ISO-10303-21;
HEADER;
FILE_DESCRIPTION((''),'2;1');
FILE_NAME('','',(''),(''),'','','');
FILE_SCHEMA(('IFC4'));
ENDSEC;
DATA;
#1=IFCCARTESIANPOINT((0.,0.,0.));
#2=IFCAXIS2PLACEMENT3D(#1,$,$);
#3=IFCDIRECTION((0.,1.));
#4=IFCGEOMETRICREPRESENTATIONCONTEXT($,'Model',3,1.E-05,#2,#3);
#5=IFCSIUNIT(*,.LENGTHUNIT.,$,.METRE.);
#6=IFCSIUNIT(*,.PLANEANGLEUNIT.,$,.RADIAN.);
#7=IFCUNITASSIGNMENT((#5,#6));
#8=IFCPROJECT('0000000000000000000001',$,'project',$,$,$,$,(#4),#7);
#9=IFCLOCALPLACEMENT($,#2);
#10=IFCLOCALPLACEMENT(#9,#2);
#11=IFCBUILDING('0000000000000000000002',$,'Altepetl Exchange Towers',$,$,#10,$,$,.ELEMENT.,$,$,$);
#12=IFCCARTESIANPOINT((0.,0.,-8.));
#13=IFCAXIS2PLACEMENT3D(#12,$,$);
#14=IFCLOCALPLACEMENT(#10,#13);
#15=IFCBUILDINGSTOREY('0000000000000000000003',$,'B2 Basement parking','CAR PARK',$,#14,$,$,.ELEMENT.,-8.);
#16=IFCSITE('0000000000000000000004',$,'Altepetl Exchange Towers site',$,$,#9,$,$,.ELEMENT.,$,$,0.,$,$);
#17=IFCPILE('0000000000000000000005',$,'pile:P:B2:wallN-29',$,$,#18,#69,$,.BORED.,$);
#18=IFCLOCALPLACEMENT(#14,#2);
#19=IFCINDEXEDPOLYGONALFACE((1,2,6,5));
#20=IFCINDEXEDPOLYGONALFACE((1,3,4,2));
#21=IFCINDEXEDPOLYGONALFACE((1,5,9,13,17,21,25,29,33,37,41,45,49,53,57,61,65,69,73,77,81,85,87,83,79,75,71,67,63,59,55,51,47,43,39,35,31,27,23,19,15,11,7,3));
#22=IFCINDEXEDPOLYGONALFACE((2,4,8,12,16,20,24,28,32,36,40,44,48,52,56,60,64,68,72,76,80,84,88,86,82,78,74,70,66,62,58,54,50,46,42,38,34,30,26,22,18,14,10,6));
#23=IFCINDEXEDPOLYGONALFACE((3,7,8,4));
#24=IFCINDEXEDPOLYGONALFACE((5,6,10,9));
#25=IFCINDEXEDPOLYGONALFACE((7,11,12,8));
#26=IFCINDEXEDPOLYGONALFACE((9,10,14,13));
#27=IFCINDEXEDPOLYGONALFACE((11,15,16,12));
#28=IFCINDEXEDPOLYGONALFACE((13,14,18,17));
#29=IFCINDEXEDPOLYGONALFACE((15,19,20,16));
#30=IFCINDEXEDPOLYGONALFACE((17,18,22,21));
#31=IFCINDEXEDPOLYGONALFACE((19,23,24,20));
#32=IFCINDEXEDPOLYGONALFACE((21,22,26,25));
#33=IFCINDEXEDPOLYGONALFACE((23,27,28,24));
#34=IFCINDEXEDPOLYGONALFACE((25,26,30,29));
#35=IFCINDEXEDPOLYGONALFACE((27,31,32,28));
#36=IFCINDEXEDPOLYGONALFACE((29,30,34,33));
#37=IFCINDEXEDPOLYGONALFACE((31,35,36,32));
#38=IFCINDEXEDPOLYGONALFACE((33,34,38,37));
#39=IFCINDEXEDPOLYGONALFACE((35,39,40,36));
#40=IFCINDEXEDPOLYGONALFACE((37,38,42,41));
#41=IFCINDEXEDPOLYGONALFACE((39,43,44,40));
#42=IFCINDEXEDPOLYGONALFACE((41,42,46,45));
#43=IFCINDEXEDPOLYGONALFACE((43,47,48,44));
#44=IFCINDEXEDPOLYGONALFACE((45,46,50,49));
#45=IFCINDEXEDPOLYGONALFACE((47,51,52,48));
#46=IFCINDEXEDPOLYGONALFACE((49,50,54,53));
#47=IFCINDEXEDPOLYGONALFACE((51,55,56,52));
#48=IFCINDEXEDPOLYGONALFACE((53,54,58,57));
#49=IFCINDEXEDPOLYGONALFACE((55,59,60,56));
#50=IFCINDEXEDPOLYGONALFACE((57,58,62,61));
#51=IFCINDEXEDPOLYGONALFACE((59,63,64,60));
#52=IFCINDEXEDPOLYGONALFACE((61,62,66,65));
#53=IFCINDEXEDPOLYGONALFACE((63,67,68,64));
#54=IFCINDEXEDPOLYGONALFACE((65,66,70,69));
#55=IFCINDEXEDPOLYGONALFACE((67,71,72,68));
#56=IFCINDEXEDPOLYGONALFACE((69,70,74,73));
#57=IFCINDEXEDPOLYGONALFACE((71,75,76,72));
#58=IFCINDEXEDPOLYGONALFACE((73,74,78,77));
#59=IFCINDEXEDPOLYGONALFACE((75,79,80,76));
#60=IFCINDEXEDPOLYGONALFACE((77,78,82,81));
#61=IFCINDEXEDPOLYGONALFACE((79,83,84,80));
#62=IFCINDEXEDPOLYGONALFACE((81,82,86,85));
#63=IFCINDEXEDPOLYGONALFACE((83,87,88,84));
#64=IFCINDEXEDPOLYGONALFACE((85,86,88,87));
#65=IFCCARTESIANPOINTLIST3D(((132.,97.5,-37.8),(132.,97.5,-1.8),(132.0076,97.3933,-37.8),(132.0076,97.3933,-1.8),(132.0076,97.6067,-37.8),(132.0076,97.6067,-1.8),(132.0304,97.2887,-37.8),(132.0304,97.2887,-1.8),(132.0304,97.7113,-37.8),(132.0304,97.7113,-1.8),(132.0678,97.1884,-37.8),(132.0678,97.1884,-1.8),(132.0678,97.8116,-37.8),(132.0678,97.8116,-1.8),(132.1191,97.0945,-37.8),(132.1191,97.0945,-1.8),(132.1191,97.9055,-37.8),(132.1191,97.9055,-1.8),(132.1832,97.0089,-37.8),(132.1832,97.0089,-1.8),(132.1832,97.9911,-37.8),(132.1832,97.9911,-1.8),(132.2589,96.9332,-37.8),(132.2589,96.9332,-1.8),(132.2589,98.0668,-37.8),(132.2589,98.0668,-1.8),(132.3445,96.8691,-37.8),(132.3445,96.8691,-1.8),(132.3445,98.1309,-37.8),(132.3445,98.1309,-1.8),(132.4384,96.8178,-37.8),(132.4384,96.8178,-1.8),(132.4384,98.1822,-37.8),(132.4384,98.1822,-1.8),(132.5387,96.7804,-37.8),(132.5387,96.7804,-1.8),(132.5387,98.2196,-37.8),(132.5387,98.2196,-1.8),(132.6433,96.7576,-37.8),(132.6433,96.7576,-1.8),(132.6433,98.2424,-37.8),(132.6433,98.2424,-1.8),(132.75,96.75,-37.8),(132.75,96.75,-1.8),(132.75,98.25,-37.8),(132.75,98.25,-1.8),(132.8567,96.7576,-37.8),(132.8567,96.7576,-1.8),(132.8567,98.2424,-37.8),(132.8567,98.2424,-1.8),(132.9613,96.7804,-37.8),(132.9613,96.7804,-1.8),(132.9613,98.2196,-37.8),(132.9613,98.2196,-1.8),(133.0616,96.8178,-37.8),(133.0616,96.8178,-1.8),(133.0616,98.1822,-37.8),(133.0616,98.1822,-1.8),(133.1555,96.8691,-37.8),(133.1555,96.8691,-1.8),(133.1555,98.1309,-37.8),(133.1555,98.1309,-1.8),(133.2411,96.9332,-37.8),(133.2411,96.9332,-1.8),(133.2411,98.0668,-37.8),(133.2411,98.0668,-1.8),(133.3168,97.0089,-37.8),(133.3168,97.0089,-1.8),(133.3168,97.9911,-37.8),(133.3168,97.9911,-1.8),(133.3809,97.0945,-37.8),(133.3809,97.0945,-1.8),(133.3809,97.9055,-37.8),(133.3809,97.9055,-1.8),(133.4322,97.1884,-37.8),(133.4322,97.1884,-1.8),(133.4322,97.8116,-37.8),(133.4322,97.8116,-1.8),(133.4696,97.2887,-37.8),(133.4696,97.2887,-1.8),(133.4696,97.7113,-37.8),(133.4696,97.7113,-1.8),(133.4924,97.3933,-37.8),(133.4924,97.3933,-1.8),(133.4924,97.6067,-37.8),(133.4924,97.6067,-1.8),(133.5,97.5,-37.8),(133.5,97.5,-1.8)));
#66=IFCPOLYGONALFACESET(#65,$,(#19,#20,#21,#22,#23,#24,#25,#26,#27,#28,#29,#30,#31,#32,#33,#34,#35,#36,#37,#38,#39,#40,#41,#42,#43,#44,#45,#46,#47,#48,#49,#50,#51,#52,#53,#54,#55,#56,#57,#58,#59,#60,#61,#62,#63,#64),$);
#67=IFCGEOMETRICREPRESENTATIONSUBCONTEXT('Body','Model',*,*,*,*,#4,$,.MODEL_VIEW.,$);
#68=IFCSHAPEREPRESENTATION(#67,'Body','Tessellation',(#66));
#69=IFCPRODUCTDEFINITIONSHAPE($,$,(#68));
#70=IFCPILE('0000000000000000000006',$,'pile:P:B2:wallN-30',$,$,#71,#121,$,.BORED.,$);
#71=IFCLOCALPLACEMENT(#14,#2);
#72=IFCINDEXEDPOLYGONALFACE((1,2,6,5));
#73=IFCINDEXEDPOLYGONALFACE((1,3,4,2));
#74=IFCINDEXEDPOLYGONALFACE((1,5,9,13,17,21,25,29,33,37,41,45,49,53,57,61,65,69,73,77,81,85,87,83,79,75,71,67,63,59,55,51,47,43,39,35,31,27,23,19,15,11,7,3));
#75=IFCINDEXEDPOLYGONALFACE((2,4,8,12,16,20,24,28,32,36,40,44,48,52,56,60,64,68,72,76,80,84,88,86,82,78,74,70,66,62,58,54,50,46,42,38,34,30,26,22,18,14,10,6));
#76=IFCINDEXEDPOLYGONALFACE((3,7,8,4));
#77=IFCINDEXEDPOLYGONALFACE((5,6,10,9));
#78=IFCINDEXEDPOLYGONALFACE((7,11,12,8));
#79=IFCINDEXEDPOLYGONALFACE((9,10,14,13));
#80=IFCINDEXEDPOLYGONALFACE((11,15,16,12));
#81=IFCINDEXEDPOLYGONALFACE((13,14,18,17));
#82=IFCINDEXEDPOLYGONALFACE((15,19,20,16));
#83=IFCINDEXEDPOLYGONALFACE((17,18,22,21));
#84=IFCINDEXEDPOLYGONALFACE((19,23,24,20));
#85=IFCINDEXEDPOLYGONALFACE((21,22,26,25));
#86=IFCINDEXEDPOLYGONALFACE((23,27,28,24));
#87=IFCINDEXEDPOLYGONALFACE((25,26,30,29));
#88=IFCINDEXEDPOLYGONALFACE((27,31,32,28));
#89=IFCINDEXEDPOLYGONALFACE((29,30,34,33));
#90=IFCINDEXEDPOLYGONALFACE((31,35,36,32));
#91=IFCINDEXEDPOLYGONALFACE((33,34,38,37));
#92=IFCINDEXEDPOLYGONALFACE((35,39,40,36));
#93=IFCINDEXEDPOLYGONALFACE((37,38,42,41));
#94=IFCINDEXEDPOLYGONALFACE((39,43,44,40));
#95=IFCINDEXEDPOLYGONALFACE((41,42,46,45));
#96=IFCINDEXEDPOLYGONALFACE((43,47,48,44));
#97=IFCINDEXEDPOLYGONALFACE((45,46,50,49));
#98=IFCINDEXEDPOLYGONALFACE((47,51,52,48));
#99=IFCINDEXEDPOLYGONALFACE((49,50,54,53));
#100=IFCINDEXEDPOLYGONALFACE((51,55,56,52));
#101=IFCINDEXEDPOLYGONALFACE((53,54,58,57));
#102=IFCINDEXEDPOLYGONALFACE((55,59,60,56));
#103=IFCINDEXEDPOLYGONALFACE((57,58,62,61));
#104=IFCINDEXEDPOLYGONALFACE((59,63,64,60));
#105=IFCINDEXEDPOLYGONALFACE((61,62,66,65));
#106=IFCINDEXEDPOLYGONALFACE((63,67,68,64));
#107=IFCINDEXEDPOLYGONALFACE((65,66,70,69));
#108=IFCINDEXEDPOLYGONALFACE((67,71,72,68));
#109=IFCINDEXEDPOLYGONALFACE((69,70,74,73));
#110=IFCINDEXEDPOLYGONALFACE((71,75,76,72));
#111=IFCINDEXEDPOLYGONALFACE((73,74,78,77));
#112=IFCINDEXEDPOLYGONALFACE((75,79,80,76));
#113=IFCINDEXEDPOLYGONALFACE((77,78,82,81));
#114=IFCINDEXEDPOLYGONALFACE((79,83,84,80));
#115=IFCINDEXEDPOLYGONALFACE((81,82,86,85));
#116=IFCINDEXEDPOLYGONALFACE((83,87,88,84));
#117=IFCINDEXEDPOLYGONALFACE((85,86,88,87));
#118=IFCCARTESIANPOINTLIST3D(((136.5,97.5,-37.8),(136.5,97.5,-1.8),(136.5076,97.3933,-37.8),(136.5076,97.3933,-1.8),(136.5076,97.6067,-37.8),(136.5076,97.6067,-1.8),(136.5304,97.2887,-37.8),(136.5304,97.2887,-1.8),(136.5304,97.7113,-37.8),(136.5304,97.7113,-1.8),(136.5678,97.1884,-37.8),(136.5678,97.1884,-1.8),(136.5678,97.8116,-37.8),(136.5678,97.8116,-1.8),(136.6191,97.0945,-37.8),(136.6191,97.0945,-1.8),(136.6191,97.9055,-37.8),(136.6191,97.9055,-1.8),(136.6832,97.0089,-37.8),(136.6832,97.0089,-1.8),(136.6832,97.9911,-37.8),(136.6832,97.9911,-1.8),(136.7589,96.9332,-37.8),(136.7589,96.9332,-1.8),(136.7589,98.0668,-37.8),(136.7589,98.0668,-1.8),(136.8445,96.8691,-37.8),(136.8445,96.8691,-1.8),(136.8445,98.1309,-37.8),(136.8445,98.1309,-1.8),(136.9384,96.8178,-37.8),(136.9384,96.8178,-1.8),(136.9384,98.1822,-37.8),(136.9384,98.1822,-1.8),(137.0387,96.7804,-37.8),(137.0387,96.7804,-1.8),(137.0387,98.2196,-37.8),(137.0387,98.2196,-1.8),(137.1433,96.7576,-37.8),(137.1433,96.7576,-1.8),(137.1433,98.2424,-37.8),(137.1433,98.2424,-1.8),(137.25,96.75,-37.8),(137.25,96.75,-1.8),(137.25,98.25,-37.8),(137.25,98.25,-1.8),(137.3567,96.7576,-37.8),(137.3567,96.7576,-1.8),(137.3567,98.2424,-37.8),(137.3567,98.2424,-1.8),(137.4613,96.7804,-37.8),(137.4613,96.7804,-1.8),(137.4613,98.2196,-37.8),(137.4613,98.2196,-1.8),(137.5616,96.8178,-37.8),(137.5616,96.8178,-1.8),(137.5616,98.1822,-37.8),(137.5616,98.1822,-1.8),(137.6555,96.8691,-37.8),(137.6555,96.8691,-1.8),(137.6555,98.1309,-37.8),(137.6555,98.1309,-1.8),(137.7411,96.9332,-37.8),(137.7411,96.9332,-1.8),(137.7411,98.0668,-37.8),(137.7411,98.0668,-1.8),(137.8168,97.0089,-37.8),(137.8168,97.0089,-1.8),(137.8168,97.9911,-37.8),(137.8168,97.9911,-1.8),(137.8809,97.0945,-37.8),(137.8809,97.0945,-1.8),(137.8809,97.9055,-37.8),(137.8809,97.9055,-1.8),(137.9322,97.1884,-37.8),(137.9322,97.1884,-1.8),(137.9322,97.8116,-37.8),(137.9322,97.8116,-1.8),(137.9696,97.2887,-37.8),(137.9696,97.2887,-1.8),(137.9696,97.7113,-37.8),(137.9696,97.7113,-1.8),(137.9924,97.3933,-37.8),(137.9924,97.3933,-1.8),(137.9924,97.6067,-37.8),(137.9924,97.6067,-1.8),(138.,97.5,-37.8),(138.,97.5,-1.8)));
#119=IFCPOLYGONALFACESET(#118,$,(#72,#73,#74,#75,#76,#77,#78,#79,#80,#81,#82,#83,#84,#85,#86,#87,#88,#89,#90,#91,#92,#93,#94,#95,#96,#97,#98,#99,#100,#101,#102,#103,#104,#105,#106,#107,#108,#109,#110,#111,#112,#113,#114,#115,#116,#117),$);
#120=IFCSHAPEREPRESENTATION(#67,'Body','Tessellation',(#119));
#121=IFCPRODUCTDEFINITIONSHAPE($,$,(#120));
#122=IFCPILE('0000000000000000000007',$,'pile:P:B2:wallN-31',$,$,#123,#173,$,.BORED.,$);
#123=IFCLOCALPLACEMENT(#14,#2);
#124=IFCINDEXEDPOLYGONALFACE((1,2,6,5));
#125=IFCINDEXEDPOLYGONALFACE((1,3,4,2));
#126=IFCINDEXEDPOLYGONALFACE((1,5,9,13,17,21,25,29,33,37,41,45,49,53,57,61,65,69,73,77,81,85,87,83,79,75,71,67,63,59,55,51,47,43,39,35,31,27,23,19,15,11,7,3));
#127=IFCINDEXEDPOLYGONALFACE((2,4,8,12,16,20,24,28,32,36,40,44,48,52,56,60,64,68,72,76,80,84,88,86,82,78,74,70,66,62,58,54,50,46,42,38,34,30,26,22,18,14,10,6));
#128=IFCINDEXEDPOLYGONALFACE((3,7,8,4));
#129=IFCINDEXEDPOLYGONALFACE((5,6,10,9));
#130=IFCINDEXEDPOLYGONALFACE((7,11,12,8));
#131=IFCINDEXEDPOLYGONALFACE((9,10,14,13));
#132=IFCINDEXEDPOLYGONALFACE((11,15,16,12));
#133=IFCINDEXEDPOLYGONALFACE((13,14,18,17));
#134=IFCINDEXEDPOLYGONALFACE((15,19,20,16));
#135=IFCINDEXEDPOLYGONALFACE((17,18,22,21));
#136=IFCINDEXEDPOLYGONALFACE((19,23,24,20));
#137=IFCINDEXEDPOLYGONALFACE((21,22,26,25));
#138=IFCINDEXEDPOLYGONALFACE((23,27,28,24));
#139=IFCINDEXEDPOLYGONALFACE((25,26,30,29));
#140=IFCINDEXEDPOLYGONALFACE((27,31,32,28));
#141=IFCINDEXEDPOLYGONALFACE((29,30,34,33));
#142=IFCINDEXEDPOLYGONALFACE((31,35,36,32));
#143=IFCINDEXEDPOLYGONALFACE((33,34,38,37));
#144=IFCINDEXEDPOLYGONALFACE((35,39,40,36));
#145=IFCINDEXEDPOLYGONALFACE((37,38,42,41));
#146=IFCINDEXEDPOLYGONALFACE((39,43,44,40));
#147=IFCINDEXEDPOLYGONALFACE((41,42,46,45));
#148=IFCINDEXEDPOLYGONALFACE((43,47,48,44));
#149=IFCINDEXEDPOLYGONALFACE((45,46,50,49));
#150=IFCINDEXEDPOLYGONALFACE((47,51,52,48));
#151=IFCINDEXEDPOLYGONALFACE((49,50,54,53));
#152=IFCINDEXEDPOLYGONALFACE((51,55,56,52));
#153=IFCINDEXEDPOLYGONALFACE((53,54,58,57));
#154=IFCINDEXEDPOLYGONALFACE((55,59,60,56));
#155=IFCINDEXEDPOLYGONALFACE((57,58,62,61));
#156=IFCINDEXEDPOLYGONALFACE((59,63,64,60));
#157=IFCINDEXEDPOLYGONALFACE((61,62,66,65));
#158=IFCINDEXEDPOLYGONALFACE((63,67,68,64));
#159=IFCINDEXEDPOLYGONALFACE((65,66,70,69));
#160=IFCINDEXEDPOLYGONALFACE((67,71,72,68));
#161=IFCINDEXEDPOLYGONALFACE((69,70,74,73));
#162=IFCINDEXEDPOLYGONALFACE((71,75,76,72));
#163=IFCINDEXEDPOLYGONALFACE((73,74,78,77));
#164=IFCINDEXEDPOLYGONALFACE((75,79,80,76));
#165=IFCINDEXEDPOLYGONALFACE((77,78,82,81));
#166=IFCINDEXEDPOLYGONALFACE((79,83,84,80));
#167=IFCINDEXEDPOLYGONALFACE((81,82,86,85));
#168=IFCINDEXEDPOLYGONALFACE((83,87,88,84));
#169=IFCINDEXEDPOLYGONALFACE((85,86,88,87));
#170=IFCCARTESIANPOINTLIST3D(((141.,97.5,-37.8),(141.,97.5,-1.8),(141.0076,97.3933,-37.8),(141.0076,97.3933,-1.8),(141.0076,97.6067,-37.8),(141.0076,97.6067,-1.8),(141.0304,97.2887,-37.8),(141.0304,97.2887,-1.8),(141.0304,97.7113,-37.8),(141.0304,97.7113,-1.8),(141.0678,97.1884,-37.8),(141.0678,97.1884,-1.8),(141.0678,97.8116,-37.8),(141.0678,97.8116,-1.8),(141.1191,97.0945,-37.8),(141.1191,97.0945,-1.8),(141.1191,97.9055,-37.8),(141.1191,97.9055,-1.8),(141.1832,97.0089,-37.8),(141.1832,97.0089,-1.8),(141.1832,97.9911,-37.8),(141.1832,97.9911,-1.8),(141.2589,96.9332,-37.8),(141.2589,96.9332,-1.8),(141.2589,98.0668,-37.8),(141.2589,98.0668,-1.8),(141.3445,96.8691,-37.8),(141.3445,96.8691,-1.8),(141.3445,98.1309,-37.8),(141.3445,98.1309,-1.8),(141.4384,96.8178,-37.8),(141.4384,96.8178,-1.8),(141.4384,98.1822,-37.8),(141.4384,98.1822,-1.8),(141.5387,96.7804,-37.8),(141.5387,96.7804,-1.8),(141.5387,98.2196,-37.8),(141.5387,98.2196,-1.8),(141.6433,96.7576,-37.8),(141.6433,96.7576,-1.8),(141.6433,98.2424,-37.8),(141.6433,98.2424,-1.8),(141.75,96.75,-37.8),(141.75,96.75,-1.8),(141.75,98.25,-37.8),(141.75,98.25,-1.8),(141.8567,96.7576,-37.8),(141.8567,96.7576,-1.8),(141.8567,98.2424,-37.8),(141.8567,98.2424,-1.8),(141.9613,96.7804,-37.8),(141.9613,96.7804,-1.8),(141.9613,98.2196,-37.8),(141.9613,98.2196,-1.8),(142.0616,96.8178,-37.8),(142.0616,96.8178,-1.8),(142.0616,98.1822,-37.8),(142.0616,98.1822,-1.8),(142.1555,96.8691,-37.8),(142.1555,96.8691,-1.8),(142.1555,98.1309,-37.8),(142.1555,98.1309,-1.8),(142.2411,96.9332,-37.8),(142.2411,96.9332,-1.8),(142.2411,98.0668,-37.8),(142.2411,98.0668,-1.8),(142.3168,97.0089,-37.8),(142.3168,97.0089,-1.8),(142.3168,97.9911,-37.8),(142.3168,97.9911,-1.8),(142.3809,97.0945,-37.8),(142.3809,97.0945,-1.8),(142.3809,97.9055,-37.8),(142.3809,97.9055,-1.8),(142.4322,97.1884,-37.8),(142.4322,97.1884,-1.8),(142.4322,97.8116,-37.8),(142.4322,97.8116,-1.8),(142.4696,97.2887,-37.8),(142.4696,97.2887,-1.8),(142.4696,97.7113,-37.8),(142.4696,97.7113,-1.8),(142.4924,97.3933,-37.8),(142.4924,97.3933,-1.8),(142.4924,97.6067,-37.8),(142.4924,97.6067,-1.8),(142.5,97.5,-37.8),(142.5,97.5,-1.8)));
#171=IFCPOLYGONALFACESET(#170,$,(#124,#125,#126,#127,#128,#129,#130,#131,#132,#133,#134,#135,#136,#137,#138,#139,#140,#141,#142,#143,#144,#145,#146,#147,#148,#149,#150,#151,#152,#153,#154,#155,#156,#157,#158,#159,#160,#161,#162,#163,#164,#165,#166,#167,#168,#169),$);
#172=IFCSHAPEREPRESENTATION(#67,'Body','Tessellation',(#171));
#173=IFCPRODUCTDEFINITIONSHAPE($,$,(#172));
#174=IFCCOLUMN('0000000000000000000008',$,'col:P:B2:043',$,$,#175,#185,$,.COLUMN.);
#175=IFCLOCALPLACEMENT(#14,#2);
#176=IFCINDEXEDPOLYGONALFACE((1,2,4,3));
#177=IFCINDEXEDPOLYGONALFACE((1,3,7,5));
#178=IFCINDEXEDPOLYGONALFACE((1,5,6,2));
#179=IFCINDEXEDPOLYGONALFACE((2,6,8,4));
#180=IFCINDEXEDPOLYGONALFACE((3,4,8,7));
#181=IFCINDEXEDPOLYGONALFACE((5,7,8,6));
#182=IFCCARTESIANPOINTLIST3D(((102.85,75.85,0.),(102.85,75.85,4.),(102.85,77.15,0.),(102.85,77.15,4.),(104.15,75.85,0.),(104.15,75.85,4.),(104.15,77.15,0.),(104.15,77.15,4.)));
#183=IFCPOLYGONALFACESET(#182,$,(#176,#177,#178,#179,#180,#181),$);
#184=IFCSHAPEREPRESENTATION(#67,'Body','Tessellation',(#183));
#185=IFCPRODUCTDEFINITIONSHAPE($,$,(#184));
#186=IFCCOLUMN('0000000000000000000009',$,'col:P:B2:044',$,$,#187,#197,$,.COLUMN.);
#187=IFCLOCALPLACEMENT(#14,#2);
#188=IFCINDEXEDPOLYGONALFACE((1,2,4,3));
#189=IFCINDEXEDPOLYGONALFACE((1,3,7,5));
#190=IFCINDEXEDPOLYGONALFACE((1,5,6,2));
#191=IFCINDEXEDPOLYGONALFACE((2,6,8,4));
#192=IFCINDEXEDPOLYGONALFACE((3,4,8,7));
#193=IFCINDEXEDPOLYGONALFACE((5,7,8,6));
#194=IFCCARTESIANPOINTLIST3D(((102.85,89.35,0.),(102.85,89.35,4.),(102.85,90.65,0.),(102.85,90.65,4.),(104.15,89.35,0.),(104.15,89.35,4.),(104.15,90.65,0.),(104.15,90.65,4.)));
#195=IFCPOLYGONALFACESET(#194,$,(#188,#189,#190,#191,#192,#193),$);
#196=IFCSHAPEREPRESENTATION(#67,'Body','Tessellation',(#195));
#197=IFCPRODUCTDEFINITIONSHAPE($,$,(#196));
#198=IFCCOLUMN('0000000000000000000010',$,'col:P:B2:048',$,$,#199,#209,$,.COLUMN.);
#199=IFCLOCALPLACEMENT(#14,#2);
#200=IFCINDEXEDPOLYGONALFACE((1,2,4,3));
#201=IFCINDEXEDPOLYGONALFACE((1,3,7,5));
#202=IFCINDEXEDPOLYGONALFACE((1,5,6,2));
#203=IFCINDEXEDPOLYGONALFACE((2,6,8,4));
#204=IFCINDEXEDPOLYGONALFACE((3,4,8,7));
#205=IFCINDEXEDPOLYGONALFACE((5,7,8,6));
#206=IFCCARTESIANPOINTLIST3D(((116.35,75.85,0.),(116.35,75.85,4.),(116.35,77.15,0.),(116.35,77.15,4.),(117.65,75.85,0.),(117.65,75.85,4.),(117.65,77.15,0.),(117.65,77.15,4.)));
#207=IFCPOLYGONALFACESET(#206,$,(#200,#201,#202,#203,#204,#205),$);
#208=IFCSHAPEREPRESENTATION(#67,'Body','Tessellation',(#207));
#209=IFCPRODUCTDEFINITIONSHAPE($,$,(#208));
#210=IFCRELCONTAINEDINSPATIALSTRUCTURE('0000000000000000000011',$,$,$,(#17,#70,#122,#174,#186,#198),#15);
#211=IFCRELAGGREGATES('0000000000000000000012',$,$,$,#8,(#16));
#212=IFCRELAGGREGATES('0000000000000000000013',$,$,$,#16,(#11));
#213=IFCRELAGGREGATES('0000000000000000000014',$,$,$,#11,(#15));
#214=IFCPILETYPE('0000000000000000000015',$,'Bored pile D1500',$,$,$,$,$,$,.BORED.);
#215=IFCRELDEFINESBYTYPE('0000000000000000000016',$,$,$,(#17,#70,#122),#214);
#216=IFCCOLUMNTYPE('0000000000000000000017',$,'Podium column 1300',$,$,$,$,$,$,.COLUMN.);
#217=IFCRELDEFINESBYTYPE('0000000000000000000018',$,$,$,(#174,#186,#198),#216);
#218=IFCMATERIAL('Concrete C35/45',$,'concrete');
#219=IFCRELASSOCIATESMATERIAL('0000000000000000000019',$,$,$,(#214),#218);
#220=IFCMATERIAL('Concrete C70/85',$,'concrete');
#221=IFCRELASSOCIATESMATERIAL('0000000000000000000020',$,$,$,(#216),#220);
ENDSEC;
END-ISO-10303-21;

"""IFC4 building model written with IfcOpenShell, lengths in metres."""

from ifc_helpers import new_model, si_unit, direction, frame, origin, origin_2d, place, context, subcontext, project, spatial, rectangle, circle, extrude, material, material_profile, profile_set, type_object, element, save


model = new_model("IFC4")

# Units and contexts
model_context = context("Model", 3, precision=1e-05, world=origin(), true_north=direction((0.0, 1.0)))
body_context = subcontext(model_context, "Body", "Model", "MODEL_VIEW")
ifc_project = project(units=[si_unit("LENGTHUNIT", "METRE"), si_unit("PLANEANGLEUNIT", "RADIAN")], contexts=[model_context])

# Site, building, storey
site_placement = place(None, origin())
site = spatial("IfcSite", under=ifc_project, at=site_placement, Name="Altepetl Exchange Towers site", CompositionType="ELEMENT", RefElevation=0.0)
building_placement = place(site_placement, origin())
building = spatial("IfcBuilding", under=site, at=building_placement, Name="Altepetl Exchange Towers", CompositionType="ELEMENT")
storey_placement = place(building_placement, frame((0.0, 0.0, -8.0)))
storey = spatial("IfcBuildingStorey", under=building, at=storey_placement, Name="B2 Basement parking", Description="CAR PARK", CompositionType="ELEMENT", Elevation=-8.0)

# Piles
ifc_material_1 = material(Name="Concrete C35/45", Category="concrete")
ifc_material_profile_1 = material_profile(ifc_material_1, circle(Radius=0.75, at=origin_2d()), Name="D1500")
ifc_profile_set_1 = profile_set([ifc_material_profile_1], Name="Concrete C35/45")
pile_type_1 = type_object("IfcPileType", Name="Bored pile D1500", PredefinedType="BORED", material=ifc_profile_set_1)
for number, where, z_axis, x_axis, name in (
    (1, (132.75, 97.5, -1.8), (0.0, 0.0, -1.0), (1.0, 0.0, 0.0), "pile:P:B2:wallN-29"),
    (2, (137.25, 97.5, -1.8), (0.0, 0.0, -1.0), (1.0, 0.0, 0.0), "pile:P:B2:wallN-30"),
    (3, (141.75, 97.5, -1.8), (0.0, 0.0, -1.0), (1.0, 0.0, 0.0), "pile:P:B2:wallN-31"),
):
    element("IfcPile", number, at=place(storey_placement, frame(where, z_axis=z_axis, x_axis=x_axis)), inside=storey, type_object=pile_type_1, Name=name, PredefinedType="BORED", context=body_context, shape_type="SweptSolid", body=[
        extrude(circle(Radius=0.75, at=origin_2d()), origin(), (0.0, 0.0, 1.0), 36.0),
    ])

# Columns
ifc_material_2 = material(Name="Concrete C70/85", Category="concrete")
ifc_material_profile_2 = material_profile(ifc_material_2, rectangle(XDim=1.3, YDim=1.3, at=origin_2d()), Name="1300 x 1300")
ifc_profile_set_2 = profile_set([ifc_material_profile_2], Name="Concrete C70/85")
column_type = type_object("IfcColumnType", Name="Podium column 1300", PredefinedType="COLUMN", material=ifc_profile_set_2)
for number, where, name in (
    (4, (103.5, 76.5, 0.0), "col:P:B2:043"),
    (5, (103.5, 90.0, 0.0), "col:P:B2:044"),
    (6, (117.0, 76.5, 0.0), "col:P:B2:048"),
):
    element("IfcColumn", number, at=place(storey_placement, frame(where)), inside=storey, type_object=column_type, Name=name, PredefinedType="COLUMN", context=body_context, shape_type="SweptSolid", body=[
        extrude(rectangle(XDim=1.3, YDim=1.3, at=origin_2d()), origin(), (0.0, 0.0, 1.0), 4.0),
    ])

save(model, "model.ifc")
